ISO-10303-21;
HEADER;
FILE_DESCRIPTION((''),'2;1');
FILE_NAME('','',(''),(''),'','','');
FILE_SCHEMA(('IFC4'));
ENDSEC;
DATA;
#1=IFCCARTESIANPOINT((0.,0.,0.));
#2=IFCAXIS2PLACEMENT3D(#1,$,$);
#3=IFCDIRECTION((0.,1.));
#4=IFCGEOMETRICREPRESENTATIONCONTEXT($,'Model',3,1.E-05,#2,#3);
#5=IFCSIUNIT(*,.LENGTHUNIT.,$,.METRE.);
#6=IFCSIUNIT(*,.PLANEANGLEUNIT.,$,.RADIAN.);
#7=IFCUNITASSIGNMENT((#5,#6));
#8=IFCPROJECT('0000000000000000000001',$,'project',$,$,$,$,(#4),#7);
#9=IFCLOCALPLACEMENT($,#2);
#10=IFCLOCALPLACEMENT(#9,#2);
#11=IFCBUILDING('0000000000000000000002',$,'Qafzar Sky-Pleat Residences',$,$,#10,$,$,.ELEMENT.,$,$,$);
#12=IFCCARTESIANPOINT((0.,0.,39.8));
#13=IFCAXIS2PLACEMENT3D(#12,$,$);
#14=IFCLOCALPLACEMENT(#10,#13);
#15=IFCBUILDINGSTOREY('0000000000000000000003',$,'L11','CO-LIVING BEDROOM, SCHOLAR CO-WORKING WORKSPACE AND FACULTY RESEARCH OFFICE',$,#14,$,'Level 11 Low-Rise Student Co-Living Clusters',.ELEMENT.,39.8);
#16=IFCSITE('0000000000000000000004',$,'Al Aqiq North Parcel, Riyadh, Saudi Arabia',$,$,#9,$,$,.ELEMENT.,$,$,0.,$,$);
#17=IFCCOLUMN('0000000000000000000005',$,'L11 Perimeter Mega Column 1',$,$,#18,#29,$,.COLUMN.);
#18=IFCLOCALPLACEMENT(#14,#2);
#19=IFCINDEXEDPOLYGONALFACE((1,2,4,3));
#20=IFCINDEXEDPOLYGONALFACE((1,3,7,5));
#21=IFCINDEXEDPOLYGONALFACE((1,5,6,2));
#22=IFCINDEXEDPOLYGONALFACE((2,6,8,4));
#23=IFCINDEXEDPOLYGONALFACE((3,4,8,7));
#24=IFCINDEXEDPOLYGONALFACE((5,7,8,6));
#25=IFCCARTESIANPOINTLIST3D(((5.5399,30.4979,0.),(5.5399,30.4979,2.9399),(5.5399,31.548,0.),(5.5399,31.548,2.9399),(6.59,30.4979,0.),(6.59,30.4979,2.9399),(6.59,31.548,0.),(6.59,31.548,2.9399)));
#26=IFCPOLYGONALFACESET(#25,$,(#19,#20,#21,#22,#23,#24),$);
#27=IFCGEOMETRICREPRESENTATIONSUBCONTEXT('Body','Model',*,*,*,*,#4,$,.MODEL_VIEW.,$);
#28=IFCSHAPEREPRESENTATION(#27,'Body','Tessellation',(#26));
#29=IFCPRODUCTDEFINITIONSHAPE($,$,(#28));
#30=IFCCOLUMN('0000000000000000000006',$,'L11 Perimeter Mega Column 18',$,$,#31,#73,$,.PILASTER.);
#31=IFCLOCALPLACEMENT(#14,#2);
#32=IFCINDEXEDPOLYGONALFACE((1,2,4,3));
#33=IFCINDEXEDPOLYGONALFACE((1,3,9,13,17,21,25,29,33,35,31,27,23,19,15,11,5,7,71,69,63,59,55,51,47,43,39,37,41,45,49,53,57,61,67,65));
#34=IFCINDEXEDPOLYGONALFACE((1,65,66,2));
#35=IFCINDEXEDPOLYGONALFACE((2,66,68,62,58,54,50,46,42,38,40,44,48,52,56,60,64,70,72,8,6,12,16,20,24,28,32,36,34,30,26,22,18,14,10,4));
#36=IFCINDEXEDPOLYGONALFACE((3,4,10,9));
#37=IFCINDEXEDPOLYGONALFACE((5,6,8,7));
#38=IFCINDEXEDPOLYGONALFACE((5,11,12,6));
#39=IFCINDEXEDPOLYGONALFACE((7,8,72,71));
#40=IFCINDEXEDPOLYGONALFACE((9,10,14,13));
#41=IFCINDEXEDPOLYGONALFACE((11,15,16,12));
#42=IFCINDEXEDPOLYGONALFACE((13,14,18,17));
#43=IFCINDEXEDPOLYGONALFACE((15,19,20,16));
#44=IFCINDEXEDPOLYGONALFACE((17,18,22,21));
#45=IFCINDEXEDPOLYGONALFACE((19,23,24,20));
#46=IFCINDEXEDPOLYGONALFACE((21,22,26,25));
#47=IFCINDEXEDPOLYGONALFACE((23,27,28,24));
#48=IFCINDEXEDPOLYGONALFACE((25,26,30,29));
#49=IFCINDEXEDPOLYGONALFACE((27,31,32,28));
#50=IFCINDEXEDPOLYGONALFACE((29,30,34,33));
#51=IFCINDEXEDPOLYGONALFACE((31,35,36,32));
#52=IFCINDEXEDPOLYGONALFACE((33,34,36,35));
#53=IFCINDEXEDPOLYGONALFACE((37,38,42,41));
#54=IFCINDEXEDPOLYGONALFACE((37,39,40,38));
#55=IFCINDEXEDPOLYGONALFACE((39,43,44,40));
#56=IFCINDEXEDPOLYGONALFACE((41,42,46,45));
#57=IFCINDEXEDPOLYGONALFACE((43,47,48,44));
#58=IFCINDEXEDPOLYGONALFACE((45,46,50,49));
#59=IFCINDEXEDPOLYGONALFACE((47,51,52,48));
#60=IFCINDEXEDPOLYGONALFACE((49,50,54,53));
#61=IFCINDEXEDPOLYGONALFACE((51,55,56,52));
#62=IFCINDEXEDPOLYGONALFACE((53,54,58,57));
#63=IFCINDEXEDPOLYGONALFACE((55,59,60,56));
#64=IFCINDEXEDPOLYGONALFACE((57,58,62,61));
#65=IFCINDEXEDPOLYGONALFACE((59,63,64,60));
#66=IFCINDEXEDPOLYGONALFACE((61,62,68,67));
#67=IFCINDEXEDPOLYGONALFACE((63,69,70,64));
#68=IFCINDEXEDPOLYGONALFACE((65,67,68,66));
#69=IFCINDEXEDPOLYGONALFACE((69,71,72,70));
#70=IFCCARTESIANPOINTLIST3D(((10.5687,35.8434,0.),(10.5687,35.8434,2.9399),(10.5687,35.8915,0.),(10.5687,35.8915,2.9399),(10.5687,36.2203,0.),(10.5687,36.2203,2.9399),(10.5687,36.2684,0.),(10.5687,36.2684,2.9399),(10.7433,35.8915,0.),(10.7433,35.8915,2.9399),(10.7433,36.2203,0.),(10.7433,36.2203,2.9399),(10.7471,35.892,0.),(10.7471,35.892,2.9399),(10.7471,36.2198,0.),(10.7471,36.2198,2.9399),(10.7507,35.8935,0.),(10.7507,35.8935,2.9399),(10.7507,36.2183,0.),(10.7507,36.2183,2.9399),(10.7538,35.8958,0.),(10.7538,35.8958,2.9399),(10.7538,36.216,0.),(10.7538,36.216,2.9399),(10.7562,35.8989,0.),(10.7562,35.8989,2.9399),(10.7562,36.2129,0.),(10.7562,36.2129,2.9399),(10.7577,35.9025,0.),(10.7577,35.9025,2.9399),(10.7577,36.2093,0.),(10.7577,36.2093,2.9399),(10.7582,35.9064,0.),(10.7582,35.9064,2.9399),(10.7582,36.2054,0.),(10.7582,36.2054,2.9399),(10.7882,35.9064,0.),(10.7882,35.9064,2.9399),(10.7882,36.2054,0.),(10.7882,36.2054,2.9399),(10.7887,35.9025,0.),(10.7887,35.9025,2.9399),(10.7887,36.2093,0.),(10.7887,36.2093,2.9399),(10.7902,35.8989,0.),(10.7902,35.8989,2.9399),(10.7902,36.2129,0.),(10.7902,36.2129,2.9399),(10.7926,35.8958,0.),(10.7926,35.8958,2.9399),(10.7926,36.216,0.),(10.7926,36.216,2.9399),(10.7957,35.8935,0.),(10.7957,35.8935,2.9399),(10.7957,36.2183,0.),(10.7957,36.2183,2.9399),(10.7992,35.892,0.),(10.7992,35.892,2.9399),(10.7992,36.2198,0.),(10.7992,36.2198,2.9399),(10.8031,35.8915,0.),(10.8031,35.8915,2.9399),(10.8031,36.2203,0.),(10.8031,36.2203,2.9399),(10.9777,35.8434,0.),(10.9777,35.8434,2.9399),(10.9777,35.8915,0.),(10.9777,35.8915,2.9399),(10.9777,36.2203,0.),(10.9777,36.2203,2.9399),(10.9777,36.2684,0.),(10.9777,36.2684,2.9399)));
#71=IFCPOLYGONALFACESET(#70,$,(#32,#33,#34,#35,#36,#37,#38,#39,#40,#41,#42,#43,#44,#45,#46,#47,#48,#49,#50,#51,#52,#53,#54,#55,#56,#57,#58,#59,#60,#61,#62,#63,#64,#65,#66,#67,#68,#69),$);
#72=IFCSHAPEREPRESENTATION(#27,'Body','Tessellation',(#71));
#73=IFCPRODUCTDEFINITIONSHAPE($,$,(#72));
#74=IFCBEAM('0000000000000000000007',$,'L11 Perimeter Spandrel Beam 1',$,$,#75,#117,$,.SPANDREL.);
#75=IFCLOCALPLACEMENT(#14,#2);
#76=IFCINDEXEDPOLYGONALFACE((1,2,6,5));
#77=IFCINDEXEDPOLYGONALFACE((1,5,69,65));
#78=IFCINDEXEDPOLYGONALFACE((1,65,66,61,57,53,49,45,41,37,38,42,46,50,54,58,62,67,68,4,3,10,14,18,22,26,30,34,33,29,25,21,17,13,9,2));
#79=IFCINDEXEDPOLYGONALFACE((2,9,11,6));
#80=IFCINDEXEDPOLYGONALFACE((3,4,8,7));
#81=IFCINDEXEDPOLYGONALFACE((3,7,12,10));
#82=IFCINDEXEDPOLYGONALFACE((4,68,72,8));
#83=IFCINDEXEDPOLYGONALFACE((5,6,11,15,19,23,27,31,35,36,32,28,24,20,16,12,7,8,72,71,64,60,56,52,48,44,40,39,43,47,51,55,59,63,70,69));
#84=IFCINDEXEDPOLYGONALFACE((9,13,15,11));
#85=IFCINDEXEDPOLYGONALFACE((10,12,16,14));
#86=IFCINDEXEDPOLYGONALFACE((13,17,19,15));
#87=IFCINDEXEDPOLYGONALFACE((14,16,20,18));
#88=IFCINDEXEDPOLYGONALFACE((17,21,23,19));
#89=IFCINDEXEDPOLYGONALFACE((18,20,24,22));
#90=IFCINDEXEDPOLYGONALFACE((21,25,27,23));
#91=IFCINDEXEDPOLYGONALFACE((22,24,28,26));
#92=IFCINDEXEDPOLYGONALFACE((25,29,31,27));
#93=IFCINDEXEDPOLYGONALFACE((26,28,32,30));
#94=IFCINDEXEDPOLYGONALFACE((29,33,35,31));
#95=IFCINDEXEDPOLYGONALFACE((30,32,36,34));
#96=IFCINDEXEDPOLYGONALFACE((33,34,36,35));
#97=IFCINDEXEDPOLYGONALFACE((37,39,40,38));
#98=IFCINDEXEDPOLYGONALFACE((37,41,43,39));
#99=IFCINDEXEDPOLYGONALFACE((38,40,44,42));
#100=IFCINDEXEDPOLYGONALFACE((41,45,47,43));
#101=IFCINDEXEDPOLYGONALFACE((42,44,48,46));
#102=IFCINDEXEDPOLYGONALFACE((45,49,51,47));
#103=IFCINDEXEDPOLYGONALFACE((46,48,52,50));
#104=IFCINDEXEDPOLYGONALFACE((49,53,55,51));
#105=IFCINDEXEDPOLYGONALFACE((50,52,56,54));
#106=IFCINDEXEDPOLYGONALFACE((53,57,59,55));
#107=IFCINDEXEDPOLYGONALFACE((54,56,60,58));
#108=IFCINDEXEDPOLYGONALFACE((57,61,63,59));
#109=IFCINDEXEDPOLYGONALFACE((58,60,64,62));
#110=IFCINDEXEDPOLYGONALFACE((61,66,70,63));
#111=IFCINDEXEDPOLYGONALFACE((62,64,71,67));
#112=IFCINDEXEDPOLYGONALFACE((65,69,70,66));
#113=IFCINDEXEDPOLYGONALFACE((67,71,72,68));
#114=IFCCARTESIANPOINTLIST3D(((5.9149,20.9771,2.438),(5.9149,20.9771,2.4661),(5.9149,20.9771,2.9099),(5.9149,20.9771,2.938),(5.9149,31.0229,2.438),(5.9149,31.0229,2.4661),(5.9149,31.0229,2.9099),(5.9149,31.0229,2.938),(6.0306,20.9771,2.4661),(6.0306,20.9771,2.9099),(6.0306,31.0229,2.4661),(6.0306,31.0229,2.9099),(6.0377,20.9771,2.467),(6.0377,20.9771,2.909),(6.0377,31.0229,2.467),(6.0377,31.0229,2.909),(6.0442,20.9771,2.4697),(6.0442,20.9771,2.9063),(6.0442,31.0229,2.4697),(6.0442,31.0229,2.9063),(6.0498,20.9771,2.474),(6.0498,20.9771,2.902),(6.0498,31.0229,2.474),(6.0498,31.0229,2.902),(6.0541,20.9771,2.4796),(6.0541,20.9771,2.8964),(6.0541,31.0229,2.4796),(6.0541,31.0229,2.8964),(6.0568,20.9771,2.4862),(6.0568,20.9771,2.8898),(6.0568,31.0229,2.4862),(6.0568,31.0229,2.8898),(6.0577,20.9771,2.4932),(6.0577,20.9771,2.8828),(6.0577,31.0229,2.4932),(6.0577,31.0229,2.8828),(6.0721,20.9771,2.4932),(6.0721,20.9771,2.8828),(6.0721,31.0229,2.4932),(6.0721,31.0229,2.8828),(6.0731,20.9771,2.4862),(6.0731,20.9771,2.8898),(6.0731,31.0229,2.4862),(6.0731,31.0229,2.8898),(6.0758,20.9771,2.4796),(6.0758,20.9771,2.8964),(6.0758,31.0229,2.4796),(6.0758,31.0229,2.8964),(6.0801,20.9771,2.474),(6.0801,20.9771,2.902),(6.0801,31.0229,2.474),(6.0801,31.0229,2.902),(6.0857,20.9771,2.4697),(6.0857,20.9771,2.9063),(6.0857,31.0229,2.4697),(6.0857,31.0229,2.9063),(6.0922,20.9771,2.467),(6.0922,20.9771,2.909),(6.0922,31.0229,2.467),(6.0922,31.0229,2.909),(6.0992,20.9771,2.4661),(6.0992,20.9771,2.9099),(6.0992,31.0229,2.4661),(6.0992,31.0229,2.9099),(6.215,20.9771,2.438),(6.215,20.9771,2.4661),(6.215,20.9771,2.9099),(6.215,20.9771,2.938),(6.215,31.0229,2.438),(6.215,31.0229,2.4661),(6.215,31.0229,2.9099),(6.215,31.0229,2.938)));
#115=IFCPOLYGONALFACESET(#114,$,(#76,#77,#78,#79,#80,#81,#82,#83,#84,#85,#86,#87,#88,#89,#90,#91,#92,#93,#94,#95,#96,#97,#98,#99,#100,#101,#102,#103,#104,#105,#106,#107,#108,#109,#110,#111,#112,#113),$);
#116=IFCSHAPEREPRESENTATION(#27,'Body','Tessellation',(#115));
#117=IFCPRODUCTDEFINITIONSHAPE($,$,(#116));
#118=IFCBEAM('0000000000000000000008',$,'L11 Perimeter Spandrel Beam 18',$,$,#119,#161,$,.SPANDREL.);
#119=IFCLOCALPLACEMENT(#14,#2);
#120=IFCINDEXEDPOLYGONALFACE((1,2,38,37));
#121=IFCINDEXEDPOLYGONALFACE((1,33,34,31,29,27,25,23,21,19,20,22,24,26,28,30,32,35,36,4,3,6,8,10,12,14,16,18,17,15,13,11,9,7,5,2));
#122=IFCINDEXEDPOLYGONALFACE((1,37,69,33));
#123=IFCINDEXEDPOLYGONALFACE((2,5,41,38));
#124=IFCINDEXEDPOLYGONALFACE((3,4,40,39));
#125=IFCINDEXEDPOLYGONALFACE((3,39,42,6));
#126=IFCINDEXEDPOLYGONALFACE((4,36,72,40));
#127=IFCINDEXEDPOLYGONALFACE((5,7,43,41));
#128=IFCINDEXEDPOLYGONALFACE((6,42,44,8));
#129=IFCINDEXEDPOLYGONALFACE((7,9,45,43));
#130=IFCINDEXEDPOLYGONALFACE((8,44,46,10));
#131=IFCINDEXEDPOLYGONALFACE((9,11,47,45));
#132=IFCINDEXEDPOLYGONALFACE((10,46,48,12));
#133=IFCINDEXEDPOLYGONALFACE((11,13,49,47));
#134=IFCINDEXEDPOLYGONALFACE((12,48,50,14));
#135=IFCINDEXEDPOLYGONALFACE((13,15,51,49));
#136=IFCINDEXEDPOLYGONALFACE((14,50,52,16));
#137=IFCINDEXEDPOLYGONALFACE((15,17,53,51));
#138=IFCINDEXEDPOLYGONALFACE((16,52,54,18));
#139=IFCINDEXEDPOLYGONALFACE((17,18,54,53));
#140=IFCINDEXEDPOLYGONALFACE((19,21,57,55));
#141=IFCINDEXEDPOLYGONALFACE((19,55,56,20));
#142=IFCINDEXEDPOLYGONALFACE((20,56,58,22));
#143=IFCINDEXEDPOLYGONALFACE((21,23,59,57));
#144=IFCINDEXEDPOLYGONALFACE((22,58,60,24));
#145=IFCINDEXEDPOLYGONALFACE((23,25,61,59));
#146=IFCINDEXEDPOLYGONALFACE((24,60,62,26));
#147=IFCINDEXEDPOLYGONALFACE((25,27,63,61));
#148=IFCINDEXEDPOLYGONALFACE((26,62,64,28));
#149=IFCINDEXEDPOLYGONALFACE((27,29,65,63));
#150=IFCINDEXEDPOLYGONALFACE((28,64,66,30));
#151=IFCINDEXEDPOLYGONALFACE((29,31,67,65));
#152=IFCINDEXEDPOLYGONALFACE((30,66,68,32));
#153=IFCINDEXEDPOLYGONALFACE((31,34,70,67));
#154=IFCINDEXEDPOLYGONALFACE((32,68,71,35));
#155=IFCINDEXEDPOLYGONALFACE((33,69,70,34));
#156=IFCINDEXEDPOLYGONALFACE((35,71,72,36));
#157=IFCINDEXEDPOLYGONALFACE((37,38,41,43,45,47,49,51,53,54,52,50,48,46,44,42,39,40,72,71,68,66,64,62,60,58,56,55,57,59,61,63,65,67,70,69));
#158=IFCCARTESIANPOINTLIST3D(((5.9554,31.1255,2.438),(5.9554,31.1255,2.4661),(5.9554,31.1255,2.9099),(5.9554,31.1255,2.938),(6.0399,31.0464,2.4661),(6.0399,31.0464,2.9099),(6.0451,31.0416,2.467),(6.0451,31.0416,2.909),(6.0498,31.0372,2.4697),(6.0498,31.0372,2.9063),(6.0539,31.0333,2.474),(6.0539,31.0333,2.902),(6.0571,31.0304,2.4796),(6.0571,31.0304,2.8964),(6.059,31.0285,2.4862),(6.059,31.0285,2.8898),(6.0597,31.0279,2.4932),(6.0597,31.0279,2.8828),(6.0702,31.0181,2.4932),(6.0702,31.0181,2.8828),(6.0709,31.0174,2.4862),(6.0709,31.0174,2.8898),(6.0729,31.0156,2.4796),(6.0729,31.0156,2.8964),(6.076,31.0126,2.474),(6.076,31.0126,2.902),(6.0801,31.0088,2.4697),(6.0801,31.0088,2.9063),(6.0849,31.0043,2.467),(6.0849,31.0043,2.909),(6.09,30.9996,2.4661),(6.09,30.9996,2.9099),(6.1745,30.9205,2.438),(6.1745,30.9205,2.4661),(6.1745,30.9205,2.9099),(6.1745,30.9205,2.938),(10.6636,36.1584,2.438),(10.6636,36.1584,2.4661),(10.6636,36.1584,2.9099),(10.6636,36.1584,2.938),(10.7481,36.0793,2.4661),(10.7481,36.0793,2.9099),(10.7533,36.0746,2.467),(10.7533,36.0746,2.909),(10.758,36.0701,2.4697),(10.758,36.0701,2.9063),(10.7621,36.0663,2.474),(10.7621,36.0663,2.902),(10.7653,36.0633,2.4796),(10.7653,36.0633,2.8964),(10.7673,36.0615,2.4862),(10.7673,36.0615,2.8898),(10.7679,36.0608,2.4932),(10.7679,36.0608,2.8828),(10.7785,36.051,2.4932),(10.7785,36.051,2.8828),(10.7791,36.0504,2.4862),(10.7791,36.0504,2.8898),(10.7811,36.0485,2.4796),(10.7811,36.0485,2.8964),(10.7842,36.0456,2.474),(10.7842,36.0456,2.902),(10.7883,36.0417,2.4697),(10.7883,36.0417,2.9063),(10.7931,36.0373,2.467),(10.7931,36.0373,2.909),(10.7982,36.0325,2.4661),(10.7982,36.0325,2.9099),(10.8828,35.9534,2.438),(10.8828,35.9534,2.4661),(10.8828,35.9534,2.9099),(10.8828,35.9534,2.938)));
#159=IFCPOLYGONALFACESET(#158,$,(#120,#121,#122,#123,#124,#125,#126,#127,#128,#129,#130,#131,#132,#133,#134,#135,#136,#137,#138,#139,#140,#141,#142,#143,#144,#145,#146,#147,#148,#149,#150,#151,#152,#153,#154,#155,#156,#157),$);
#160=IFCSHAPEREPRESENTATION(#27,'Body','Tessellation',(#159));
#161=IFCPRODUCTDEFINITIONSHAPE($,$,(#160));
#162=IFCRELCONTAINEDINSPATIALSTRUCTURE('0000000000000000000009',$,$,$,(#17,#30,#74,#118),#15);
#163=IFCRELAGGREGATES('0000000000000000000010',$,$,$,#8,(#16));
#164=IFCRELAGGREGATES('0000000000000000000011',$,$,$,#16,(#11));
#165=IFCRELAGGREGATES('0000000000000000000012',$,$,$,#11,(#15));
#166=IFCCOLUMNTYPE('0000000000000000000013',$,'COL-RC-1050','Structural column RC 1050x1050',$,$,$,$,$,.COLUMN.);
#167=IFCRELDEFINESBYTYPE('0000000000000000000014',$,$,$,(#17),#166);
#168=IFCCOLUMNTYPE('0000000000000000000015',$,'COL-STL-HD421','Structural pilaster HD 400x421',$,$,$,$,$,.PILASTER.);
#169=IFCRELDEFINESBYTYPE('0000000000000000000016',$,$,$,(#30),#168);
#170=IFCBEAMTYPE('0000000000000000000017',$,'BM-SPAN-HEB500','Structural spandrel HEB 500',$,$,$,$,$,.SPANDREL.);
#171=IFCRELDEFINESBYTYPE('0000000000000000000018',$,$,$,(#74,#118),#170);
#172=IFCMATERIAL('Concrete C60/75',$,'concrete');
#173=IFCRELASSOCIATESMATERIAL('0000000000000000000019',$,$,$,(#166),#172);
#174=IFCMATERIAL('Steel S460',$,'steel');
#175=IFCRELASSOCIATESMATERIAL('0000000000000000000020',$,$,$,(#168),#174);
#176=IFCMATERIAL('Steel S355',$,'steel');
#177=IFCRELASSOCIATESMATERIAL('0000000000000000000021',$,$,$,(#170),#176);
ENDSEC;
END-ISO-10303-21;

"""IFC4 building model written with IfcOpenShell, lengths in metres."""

from ifc_helpers import new_model, si_unit, direction, frame, origin, origin_2d, place, context, subcontext, project, spatial, rectangle, i_section, extrude, source, transform, mapped, material, material_profile, profile_set, type_object, element, save


model = new_model("IFC4")

# Units and contexts
model_context = context("Model", 3, precision=1e-05, world=origin(), true_north=direction((0.0, 1.0)))
body_context = subcontext(model_context, "Body", "Model", "MODEL_VIEW")
ifc_project = project(units=[si_unit("LENGTHUNIT", "METRE"), si_unit("PLANEANGLEUNIT", "RADIAN")], contexts=[model_context])

# Site, building, storey
site_placement = place(None, origin())
site = spatial("IfcSite", under=ifc_project, at=site_placement, Name="Al Aqiq North Parcel, Riyadh, Saudi Arabia", CompositionType="ELEMENT", RefElevation=0.0)
building_placement = place(site_placement, origin())
building = spatial("IfcBuilding", under=site, at=building_placement, Name="Qafzar Sky-Pleat Residences", CompositionType="ELEMENT")
storey_placement = place(building_placement, frame((0.0, 0.0, 39.8)))
storey = spatial("IfcBuildingStorey", under=building, at=storey_placement, Name="L11", Description="CO-LIVING BEDROOM, SCHOLAR CO-WORKING WORKSPACE AND FACULTY RESEARCH OFFICE", LongName="Level 11 Low-Rise Student Co-Living Clusters", CompositionType="ELEMENT", Elevation=39.8)

# Columns
ifc_material_1 = material(Name="Concrete C60/75", Category="concrete")
ifc_material_profile_1 = material_profile(ifc_material_1, rectangle(XDim=1.05, YDim=1.05, at=origin_2d()), Name="RC 1050x1050")
ifc_profile_set_1 = profile_set([ifc_material_profile_1], Name="Concrete C60/75")
column_type_1 = type_object("IfcColumnType", Name="COL-RC-1050", Description="Structural column RC 1050x1050", PredefinedType="COLUMN", material=ifc_profile_set_1)
shared_shape_1 = source(origin(), body_context, "Body", "SweptSolid", [
    extrude(rectangle(XDim=1.05, YDim=1.05, at=origin_2d()), origin(), (0.0, 0.0, 1.0), 2.9399),
])
column_1_placement = place(storey_placement, frame((6.0649, 31.0229, 0.0), z_axis=(0.0, 0.0, 1.0), x_axis=(1.0, 0.0, 0.0)))
element("IfcColumn", 1, at=column_1_placement, inside=storey, type_object=column_type_1, Name="L11 Perimeter Mega Column 1", PredefinedType="COLUMN", context=body_context, shape_type="MappedRepresentation", body=[
    mapped(shared_shape_1, transform((0.0, 0.0, 0.0), x_axis=(1.0, 0.0, 0.0), y_axis=(0.0, 1.0, 0.0), z_axis=(0.0, 0.0, 1.0), scale=1.0)),
])
ifc_material_2 = material(Name="Steel S460", Category="steel")
ifc_material_profile_2 = material_profile(ifc_material_2, i_section(OverallWidth=0.4089, OverallDepth=0.425, WebThickness=0.03, FlangeThickness=0.0481, FilletRadius=0.0149, at=origin_2d()), Name="HD 400x421")
ifc_profile_set_2 = profile_set([ifc_material_profile_2], Name="Steel S460")
column_type_2 = type_object("IfcColumnType", Name="COL-STL-HD421", Description="Structural pilaster HD 400x421", PredefinedType="PILASTER", material=ifc_profile_set_2)
shared_shape_2 = source(origin(), body_context, "Body", "SweptSolid", [
    extrude(i_section(OverallWidth=0.4089, OverallDepth=0.425, WebThickness=0.03, FlangeThickness=0.0481, FilletRadius=0.0149, at=origin_2d()), origin(), (0.0, 0.0, 1.0), 2.9399),
])
column_2_placement = place(storey_placement, frame((10.7732, 36.0559, 0.0), z_axis=(0.0, 0.0, 1.0), x_axis=(1.0, 0.0, 0.0)))
element("IfcColumn", 2, at=column_2_placement, inside=storey, type_object=column_type_2, Name="L11 Perimeter Mega Column 18", PredefinedType="PILASTER", context=body_context, shape_type="MappedRepresentation", body=[
    mapped(shared_shape_2, transform((0.0, 0.0, 0.0), x_axis=(1.0, 0.0, 0.0), y_axis=(0.0, 1.0, 0.0), z_axis=(0.0, 0.0, 1.0), scale=1.0)),
])

# Beams
ifc_material_3 = material(Name="Steel S355", Category="steel")
ifc_material_profile_3 = material_profile(ifc_material_3, i_section(OverallWidth=0.3, OverallDepth=0.5, WebThickness=0.0144, FlangeThickness=0.0281, FilletRadius=0.0271, at=origin_2d()), Name="HEB 500")
ifc_profile_set_3 = profile_set([ifc_material_profile_3], Name="Steel S355")
beam_type_1 = type_object("IfcBeamType", Name="BM-SPAN-HEB500", Description="Structural spandrel HEB 500", PredefinedType="SPANDREL", material=ifc_profile_set_3)
shared_shape_3 = source(origin(), body_context, "Body", "SweptSolid", [
    extrude(i_section(OverallWidth=0.3, OverallDepth=0.5, WebThickness=0.0144, FlangeThickness=0.0281, FilletRadius=0.0271, at=origin_2d()), origin(), (0.0, 0.0, 1.0), 10.0459),
])
beam_1_placement = place(storey_placement, frame((6.0649, 31.0229, 2.688), z_axis=(0.0, -1.0, 0.0), x_axis=(1.0, 0.0, 0.0)))
element("IfcBeam", 3, at=beam_1_placement, inside=storey, type_object=beam_type_1, Name="L11 Perimeter Spandrel Beam 1", PredefinedType="SPANDREL", context=body_context, shape_type="MappedRepresentation", body=[
    mapped(shared_shape_3, transform((0.0, 0.0, 0.0), x_axis=(1.0, 0.0, 0.0), y_axis=(0.0, 1.0, 0.0), z_axis=(0.0, 0.0, 1.0), scale=1.0)),
])
shared_shape_4 = source(origin(), body_context, "Body", "SweptSolid", [
    extrude(i_section(OverallWidth=0.3, OverallDepth=0.5, WebThickness=0.0144, FlangeThickness=0.0281, FilletRadius=0.0271, at=origin_2d()), origin(), (0.0, 0.0, 1.0), 6.8918),
])
beam_2_placement = place(storey_placement, frame((10.7732, 36.0559, 2.688), z_axis=(-0.683157, -0.730271, 0.0), x_axis=(0.730271, -0.683157, 0.0)))
element("IfcBeam", 4, at=beam_2_placement, inside=storey, type_object=beam_type_1, Name="L11 Perimeter Spandrel Beam 18", PredefinedType="SPANDREL", context=body_context, shape_type="MappedRepresentation", body=[
    mapped(shared_shape_4, transform((0.0, 0.0, 0.0), x_axis=(1.0, 0.0, 0.0), y_axis=(0.0, 1.0, 0.0), z_axis=(0.0, 0.0, 1.0), scale=1.0)),
])

save(model, "model.ifc")
